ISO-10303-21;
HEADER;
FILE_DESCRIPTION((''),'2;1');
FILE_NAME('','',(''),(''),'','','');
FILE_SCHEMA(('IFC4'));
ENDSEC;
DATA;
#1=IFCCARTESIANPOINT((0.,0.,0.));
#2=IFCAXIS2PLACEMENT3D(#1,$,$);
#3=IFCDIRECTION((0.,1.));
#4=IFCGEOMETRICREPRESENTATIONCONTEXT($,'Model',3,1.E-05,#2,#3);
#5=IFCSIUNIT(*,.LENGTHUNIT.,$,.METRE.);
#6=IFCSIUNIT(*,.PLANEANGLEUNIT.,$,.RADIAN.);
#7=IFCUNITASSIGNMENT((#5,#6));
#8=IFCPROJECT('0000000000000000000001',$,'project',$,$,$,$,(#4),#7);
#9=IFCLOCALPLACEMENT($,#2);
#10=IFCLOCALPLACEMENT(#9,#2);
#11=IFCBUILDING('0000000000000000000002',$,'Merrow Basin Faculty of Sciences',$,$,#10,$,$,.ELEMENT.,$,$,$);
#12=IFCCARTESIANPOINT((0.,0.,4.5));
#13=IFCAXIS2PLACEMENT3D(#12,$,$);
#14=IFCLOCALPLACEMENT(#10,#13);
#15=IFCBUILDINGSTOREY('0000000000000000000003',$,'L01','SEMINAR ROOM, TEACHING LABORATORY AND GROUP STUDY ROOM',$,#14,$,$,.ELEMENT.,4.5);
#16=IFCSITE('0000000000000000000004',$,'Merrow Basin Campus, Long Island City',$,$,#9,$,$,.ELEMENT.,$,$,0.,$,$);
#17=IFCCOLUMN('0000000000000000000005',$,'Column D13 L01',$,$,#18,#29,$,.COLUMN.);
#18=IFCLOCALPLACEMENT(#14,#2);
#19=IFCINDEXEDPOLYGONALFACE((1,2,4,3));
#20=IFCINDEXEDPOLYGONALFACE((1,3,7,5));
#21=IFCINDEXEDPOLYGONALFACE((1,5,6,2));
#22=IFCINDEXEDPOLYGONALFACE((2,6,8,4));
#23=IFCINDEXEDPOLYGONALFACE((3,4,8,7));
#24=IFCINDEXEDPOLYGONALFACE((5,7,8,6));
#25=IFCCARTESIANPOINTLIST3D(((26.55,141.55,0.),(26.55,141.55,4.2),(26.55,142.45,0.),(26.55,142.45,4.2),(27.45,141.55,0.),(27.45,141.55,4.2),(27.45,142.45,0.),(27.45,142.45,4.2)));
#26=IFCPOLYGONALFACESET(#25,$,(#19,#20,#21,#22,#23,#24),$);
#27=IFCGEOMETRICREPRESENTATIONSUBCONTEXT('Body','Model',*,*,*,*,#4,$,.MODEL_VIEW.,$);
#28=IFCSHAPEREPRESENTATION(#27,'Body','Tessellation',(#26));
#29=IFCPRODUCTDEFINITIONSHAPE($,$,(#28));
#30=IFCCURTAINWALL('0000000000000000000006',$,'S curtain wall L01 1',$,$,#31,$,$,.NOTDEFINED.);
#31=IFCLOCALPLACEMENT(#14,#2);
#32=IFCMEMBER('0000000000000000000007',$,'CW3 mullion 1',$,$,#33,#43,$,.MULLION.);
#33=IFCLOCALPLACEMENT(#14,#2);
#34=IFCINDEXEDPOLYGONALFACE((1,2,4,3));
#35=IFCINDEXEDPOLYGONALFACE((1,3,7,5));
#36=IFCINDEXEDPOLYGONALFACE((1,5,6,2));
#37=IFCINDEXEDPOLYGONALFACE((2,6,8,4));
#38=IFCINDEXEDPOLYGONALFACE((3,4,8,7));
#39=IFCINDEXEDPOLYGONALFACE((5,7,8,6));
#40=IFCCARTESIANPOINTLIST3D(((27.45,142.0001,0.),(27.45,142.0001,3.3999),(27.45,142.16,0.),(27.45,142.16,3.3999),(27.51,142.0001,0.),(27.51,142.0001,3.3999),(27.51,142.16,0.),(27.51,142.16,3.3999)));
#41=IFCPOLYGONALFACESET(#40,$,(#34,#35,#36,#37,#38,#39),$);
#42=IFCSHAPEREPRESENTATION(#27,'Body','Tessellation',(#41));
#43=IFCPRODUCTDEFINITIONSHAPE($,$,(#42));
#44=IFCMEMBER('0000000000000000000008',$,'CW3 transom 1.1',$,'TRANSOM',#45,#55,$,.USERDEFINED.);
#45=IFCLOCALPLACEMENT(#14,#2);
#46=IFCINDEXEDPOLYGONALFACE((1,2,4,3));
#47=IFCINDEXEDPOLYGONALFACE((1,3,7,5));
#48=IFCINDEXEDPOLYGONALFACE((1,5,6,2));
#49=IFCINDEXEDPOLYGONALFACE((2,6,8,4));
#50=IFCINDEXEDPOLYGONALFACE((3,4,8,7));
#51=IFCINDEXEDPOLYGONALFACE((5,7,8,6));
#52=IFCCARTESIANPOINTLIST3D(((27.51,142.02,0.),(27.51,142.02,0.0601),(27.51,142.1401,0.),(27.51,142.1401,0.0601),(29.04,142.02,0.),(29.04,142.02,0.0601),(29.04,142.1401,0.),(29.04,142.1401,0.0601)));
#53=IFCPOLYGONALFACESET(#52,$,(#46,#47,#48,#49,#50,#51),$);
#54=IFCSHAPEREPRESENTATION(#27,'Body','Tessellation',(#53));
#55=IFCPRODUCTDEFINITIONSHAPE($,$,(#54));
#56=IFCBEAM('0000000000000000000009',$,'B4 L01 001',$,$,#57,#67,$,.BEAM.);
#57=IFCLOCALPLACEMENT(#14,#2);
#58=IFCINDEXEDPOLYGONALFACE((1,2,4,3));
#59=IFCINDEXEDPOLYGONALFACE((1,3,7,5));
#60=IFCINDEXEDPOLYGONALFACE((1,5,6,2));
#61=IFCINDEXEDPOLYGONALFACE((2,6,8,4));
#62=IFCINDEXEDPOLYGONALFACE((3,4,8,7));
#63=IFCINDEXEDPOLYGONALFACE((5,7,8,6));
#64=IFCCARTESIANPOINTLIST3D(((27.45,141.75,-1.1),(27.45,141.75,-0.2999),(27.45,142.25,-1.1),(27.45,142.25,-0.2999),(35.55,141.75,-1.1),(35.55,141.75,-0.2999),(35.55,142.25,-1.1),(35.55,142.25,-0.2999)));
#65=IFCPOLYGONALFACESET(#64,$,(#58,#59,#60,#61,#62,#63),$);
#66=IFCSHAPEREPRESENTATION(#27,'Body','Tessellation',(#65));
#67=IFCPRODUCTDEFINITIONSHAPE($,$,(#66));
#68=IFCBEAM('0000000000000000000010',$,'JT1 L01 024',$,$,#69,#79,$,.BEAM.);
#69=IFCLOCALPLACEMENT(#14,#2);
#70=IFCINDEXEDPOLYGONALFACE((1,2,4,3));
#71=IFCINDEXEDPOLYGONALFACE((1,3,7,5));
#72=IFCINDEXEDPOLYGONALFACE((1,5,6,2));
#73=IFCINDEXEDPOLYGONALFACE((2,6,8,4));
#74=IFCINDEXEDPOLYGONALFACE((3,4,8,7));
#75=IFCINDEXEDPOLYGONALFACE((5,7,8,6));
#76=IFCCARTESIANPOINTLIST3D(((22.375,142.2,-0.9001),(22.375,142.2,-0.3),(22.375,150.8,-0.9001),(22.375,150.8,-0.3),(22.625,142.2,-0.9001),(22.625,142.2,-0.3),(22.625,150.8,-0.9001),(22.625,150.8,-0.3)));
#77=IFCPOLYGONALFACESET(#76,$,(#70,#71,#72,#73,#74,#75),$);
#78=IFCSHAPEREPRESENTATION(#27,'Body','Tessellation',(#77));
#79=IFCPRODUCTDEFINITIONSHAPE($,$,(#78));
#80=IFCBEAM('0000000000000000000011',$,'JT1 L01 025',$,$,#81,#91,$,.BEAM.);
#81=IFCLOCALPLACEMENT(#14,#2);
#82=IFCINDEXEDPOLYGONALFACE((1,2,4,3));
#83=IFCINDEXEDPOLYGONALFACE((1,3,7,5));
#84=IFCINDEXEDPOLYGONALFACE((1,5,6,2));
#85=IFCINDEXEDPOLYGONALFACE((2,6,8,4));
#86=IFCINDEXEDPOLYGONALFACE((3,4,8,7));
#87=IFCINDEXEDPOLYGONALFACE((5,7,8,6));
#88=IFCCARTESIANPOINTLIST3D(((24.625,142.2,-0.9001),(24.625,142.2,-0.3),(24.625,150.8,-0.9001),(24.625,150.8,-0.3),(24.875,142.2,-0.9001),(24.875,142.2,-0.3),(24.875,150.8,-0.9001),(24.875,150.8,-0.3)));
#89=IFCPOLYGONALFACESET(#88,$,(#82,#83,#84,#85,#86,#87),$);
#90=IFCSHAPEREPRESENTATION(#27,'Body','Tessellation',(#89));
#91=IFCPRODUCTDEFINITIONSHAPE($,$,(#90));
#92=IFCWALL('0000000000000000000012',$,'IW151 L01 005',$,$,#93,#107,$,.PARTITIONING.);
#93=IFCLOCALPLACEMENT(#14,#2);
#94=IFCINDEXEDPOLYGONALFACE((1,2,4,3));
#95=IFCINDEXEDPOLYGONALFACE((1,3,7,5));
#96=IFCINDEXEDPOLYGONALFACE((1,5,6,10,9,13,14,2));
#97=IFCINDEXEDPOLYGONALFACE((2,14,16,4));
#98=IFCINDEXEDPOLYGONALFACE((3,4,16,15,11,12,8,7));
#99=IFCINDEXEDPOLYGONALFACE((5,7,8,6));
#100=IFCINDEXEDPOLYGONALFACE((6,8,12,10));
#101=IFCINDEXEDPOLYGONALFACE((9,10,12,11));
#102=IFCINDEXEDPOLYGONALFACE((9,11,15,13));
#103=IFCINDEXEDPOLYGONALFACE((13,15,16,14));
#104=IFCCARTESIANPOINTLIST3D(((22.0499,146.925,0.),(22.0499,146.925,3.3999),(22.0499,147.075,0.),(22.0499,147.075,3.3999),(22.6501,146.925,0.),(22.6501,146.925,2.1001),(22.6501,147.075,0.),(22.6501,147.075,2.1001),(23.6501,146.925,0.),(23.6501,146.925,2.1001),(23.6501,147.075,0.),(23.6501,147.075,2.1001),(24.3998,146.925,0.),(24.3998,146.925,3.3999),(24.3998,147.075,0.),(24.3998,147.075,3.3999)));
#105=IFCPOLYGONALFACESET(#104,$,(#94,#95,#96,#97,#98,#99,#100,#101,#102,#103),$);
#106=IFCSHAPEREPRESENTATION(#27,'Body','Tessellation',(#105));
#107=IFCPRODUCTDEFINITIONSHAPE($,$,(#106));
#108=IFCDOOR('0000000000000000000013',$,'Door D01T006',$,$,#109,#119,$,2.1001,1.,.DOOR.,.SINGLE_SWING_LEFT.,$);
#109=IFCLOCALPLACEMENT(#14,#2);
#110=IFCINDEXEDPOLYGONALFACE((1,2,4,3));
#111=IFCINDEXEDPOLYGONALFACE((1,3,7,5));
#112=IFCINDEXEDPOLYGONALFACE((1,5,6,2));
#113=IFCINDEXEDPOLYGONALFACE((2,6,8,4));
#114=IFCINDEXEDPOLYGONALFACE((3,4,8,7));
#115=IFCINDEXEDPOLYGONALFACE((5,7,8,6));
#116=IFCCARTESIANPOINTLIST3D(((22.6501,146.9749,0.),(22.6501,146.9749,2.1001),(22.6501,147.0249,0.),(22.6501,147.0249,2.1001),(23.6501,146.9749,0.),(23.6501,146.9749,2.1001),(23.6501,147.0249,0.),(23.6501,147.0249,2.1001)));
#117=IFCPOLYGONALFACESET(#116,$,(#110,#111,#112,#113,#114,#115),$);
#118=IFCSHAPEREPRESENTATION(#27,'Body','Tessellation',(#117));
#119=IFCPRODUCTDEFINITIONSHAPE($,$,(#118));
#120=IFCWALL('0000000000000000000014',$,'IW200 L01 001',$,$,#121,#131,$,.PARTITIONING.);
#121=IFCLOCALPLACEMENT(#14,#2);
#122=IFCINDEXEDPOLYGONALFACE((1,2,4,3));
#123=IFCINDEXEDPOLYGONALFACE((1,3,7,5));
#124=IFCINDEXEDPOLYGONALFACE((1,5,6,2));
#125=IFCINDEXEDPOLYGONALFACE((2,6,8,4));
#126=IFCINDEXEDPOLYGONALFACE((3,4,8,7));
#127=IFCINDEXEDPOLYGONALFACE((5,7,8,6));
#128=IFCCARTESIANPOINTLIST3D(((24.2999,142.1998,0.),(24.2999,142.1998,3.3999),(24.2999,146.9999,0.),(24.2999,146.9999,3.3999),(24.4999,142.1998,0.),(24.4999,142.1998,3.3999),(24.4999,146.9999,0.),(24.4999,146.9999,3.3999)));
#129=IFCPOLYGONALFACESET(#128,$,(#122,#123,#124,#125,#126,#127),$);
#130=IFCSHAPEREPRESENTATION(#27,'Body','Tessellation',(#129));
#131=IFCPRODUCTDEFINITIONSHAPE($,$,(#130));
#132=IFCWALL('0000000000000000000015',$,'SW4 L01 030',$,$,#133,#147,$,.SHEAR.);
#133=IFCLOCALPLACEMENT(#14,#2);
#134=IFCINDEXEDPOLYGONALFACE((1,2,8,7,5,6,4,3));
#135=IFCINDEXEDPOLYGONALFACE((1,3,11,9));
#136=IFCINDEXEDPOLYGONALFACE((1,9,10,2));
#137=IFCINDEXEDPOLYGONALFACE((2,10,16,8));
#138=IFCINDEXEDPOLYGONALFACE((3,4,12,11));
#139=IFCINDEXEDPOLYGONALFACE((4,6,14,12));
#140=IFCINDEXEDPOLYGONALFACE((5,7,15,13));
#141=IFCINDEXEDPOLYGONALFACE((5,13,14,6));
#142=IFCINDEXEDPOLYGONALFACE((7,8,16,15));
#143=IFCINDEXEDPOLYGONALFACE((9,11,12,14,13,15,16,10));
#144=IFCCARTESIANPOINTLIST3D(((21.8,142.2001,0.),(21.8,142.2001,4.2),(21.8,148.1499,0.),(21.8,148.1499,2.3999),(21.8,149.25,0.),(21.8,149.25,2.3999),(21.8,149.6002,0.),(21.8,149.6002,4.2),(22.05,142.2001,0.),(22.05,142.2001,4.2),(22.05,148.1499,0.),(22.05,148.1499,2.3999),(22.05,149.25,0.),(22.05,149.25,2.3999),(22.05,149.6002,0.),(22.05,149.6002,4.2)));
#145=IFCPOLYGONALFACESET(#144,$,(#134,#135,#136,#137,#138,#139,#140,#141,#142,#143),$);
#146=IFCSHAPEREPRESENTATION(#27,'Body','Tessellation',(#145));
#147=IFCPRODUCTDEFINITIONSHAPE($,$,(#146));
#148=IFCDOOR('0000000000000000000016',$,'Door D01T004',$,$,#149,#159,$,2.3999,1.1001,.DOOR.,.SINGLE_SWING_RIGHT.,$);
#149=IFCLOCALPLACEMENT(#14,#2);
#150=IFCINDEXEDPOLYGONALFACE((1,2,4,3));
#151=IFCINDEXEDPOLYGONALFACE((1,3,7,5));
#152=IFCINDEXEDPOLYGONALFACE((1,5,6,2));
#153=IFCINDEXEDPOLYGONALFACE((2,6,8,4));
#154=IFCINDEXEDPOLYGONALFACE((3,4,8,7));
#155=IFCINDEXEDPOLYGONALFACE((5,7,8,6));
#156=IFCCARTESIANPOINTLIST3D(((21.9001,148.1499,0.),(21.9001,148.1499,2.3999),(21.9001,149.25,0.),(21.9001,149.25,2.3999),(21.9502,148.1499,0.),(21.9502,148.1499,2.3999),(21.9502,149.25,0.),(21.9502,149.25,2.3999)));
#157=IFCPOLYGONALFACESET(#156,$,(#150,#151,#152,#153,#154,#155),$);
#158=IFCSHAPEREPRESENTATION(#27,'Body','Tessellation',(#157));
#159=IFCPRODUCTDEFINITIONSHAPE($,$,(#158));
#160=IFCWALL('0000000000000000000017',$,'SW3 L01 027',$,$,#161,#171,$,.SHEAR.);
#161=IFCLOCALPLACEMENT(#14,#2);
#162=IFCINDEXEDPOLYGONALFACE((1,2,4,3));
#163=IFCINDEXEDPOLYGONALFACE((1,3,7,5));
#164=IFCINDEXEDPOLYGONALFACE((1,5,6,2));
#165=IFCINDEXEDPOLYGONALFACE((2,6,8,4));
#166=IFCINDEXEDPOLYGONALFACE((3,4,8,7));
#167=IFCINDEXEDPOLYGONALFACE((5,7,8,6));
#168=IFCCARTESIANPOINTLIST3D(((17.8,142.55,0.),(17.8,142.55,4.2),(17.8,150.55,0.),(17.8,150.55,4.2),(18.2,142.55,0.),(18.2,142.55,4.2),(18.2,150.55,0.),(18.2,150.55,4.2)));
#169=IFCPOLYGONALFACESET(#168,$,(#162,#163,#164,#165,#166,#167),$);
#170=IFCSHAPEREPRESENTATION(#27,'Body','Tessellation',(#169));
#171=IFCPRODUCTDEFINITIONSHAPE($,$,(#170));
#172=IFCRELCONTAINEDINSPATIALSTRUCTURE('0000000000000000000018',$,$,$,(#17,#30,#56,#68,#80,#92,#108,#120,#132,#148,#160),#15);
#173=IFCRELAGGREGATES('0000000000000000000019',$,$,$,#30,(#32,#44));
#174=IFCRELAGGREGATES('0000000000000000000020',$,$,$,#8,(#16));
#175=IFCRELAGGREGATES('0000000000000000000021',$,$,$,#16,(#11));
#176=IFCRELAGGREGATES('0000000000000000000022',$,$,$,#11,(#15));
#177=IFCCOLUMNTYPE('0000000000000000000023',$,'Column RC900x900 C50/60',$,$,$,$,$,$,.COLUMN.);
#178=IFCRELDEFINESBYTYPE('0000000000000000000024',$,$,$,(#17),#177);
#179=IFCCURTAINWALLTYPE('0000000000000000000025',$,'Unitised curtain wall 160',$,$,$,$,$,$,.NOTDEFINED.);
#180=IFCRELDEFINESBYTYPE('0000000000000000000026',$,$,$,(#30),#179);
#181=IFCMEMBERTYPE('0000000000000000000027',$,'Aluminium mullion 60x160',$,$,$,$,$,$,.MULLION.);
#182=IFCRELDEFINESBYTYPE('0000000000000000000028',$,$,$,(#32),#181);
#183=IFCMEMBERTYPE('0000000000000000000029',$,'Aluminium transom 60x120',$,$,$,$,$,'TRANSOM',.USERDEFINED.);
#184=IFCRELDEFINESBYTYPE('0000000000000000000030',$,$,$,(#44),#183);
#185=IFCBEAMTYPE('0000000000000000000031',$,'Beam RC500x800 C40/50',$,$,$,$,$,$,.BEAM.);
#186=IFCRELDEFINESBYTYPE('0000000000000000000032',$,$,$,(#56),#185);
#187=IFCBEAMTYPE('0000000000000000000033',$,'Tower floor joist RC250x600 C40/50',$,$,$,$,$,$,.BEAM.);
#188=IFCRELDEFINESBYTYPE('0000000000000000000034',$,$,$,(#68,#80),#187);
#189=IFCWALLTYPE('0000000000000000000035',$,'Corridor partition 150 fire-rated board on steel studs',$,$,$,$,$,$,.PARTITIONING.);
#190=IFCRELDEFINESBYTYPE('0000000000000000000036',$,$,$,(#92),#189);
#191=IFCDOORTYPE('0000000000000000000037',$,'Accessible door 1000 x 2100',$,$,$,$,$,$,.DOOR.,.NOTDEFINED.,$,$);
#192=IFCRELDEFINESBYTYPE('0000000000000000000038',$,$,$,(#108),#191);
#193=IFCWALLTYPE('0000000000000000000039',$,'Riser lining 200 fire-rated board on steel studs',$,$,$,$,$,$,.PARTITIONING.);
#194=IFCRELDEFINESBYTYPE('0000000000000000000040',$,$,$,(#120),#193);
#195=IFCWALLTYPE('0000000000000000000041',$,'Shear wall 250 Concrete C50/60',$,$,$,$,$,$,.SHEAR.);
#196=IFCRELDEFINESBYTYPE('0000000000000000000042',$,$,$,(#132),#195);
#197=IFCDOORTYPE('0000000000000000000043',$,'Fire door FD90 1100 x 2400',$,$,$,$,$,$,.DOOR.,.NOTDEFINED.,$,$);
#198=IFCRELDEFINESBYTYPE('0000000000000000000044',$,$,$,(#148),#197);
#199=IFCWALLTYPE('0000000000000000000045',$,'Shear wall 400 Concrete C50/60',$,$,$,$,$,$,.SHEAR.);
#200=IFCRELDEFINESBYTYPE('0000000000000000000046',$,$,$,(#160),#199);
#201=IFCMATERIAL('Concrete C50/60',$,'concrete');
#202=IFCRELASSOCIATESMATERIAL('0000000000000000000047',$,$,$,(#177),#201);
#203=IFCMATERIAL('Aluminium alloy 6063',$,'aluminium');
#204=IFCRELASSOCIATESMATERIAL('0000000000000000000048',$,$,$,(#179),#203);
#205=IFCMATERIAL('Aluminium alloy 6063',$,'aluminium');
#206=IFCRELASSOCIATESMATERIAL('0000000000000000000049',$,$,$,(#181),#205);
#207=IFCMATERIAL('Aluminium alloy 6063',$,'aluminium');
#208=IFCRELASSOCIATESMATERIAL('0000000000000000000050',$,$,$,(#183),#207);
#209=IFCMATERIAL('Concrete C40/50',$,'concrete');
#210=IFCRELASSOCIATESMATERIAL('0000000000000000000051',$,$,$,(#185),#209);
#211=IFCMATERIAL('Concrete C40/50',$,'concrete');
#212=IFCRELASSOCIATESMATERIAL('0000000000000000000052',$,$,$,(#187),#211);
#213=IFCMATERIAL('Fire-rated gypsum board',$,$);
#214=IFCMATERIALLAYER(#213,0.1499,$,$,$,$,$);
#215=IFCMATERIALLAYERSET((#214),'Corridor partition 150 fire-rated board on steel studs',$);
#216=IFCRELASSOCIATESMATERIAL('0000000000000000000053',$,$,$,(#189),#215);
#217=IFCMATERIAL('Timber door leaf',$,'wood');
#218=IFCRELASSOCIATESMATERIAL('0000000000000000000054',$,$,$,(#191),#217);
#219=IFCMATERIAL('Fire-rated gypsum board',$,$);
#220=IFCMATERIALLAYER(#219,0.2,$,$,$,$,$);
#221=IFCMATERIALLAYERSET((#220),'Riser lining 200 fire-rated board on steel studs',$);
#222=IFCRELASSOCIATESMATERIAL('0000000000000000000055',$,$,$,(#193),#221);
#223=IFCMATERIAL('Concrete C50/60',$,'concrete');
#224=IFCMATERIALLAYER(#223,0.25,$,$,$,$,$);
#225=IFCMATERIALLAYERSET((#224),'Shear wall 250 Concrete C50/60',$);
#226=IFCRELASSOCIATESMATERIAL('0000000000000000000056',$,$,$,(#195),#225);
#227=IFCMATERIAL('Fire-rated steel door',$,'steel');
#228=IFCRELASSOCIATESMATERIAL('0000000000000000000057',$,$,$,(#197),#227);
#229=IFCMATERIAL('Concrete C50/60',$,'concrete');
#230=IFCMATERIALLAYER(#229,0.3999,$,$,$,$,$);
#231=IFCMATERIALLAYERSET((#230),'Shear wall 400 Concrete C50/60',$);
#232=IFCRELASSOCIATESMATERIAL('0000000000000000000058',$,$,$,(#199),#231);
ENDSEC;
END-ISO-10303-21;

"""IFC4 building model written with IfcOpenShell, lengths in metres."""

from ifc_helpers import new_model, si_unit, direction, frame, frame_2d, origin, origin_2d, place, context, subcontext, project, spatial, rectangle, extrude, material, layer, layer_set, material_profile, profile_set, type_object, element, fill, aggregate, save


model = new_model("IFC4")

# Units and contexts
model_context = context("Model", 3, precision=1e-05, world=origin(), true_north=direction((0.0, 1.0)))
body_context = subcontext(model_context, "Body", "Model", "MODEL_VIEW")
ifc_project = project(units=[si_unit("LENGTHUNIT", "METRE"), si_unit("PLANEANGLEUNIT", "RADIAN")], contexts=[model_context])

# Site, building, storey
site_placement = place(None, origin())
site = spatial("IfcSite", under=ifc_project, at=site_placement, Name="Merrow Basin Campus, Long Island City", CompositionType="ELEMENT", RefElevation=0.0)
building_placement = place(site_placement, origin())
building = spatial("IfcBuilding", under=site, at=building_placement, Name="Merrow Basin Faculty of Sciences", CompositionType="ELEMENT")
storey_placement = place(building_placement, frame((0.0, 0.0, 4.5)))
storey = spatial("IfcBuildingStorey", under=building, at=storey_placement, Name="L01", Description="SEMINAR ROOM, TEACHING LABORATORY AND GROUP STUDY ROOM", CompositionType="ELEMENT", Elevation=4.5)

# Column
ifc_material_1 = material(Name="Concrete C50/60", Category="concrete")
ifc_material_profile_1 = material_profile(ifc_material_1, rectangle(XDim=0.8999, YDim=0.8999, at=origin_2d()))
ifc_profile_set_1 = profile_set([ifc_material_profile_1], Name="Concrete C50/60")
column_type = type_object("IfcColumnType", Name="Column RC900x900 C50/60", PredefinedType="COLUMN", material=ifc_profile_set_1)
column_placement = place(storey_placement, frame((27.0, 142.0, 0.0), z_axis=(0.0, 0.0, 1.0), x_axis=(1.0, 0.0, 0.0)))
element("IfcColumn", 1, at=column_placement, inside=storey, type_object=column_type, Name="Column D13 L01", PredefinedType="COLUMN", context=body_context, shape_type="SweptSolid", body=[
    extrude(rectangle(XDim=0.8999, YDim=0.8999, at=origin_2d()), origin(), (0.0, 0.0, 1.0), 4.2),
])

# Curtain wall, members
ifc_material_2 = material(Name="Aluminium alloy 6063", Category="aluminium")
curtain_wall_type = type_object("IfcCurtainWallType", Name="Unitised curtain wall 160", PredefinedType="NOTDEFINED", material=ifc_material_2)
curtain_wall_placement = place(storey_placement, origin())
curtain_wall = element("IfcCurtainWall", 2, at=curtain_wall_placement, inside=storey, type_object=curtain_wall_type, Name="S curtain wall L01 1", PredefinedType="NOTDEFINED")
ifc_material_3 = material(Name="Aluminium alloy 6063", Category="aluminium")
ifc_material_profile_2 = material_profile(ifc_material_3, rectangle(XDim=0.1599, YDim=0.0601, at=origin_2d()))
ifc_profile_set_2 = profile_set([ifc_material_profile_2], Name="Aluminium alloy 6063")
member_type_1 = type_object("IfcMemberType", Name="Aluminium mullion 60x160", PredefinedType="MULLION", material=ifc_profile_set_2)
member_1_placement = place(storey_placement, frame((27.48, 142.0801, 0.0), z_axis=(0.0, 0.0, 1.0), x_axis=(0.0, 1.0, 0.0)))
member_1 = element("IfcMember", 3, at=member_1_placement, type_object=member_type_1, Name="CW3 mullion 1", PredefinedType="MULLION", context=body_context, shape_type="SweptSolid", body=[
    extrude(rectangle(XDim=0.1599, YDim=0.0601, at=origin_2d()), origin(), (0.0, 0.0, 1.0), 3.3999),
])
ifc_material_4 = material(Name="Aluminium alloy 6063", Category="aluminium")
ifc_material_profile_3 = material_profile(ifc_material_4, rectangle(XDim=0.1201, YDim=0.0601, at=origin_2d()))
ifc_profile_set_3 = profile_set([ifc_material_profile_3], Name="Aluminium alloy 6063")
member_type_2 = type_object("IfcMemberType", Name="Aluminium transom 60x120", ElementType="TRANSOM", PredefinedType="USERDEFINED", material=ifc_profile_set_3)
member_2_placement = place(storey_placement, frame((27.51, 142.0801, 0.03), z_axis=(1.0, 0.0, 0.0), x_axis=(0.0, 1.0, 0.0)))
member_2 = element("IfcMember", 4, at=member_2_placement, type_object=member_type_2, Name="CW3 transom 1.1", ObjectType="TRANSOM", PredefinedType="USERDEFINED", context=body_context, shape_type="SweptSolid", body=[
    extrude(rectangle(XDim=0.1201, YDim=0.0601, at=origin_2d()), origin(), (0.0, 0.0, 1.0), 1.53),
])
aggregate(curtain_wall, [member_1, member_2])

# Beams
ifc_material_5 = material(Name="Concrete C40/50", Category="concrete")
ifc_material_profile_4 = material_profile(ifc_material_5, rectangle(XDim=0.5, YDim=0.8, at=origin_2d()))
ifc_profile_set_4 = profile_set([ifc_material_profile_4], Name="Concrete C40/50")
beam_type_1 = type_object("IfcBeamType", Name="Beam RC500x800 C40/50", PredefinedType="BEAM", material=ifc_profile_set_4)
beam_placement = place(storey_placement, frame((27.45, 142.0, -0.7), z_axis=(1.0, 0.0, 0.0), x_axis=(0.0, 1.0, 0.0)))
element("IfcBeam", 5, at=beam_placement, inside=storey, type_object=beam_type_1, Name="B4 L01 001", PredefinedType="BEAM", context=body_context, shape_type="SweptSolid", body=[
    extrude(rectangle(XDim=0.5, YDim=0.8, at=origin_2d()), origin(), (0.0, 0.0, 1.0), 8.1001),
])
ifc_material_6 = material(Name="Concrete C40/50", Category="concrete")
ifc_material_profile_5 = material_profile(ifc_material_6, rectangle(XDim=0.25, YDim=0.6001, at=origin_2d()))
ifc_profile_set_5 = profile_set([ifc_material_profile_5], Name="Concrete C40/50")
beam_type_2 = type_object("IfcBeamType", Name="Tower floor joist RC250x600 C40/50", PredefinedType="BEAM", material=ifc_profile_set_5)
for number, where, z_axis, x_axis, name in (
    (6, (22.5, 142.2, -0.6001), (0.0, 1.0, 0.0), (-1.0, 0.0, 0.0), "JT1 L01 024"),
    (7, (24.75, 142.2, -0.6001), (0.0, 1.0, 0.0), (-1.0, 0.0, 0.0), "JT1 L01 025"),
):
    element("IfcBeam", number, at=place(storey_placement, frame(where, z_axis=z_axis, x_axis=x_axis)), inside=storey, type_object=beam_type_2, Name=name, PredefinedType="BEAM", context=body_context, shape_type="SweptSolid", body=[
        extrude(rectangle(XDim=0.25, YDim=0.6001, at=origin_2d()), origin(), (0.0, 0.0, 1.0), 8.6001),
    ])

# Wall, opening, door
ifc_material_7 = material(Name="Fire-rated gypsum board")
ifc_layer_1 = layer(ifc_material_7, 0.1499)
ifc_layer_set_1 = layer_set([ifc_layer_1], Name="Corridor partition 150 fire-rated board on steel studs")
wall_type_1 = type_object("IfcWallType", Name="Corridor partition 150 fire-rated board on steel studs", PredefinedType="PARTITIONING", material=ifc_layer_set_1)
wall_1_placement = place(storey_placement, frame((22.05, 147.0, 0.0), z_axis=(0.0, 0.0, 1.0), x_axis=(1.0, 0.0, 0.0)))
wall_1 = element("IfcWall", 8, at=wall_1_placement, inside=storey, type_object=wall_type_1, Name="IW151 L01 005", PredefinedType="PARTITIONING", context=body_context, shape_type="SweptSolid", body=[
    extrude(rectangle(XDim=2.3499, YDim=0.1499, at=frame_2d((1.1748, 0.0))), origin(), (0.0, 0.0, 1.0), 3.3999),
])
opening_1_placement = place(wall_1_placement, frame((0.6001, 0.0, 0.0)))
opening_1 = element("IfcOpeningElement", 9, at=opening_1_placement, cuts=wall_1, PredefinedType="OPENING", context=body_context, shape_type="SweptSolid", body=[
    extrude(rectangle(XDim=1.0, YDim=2.1001, at=frame_2d((0.5, 1.05))), frame((0.0, 0.085, 0.0), z_axis=(0.0, -1.0, 0.0), x_axis=(1.0, 0.0, 0.0)), (0.0, 0.0, 1.0), 0.1699),
])
ifc_material_8 = material(Name="Timber door leaf", Category="wood")
door_type_1 = type_object("IfcDoorType", Name="Accessible door 1000 x 2100", OperationType="NOTDEFINED", PredefinedType="DOOR", material=ifc_material_8)
door_1_placement = place(opening_1_placement, origin())
door_1 = element("IfcDoor", 10, at=door_1_placement, inside=storey, type_object=door_type_1, Name="Door D01T006", OperationType="SINGLE_SWING_LEFT", OverallHeight=2.1001, OverallWidth=1.0, PredefinedType="DOOR", context=body_context, shape_type="SweptSolid", body=[
    extrude(rectangle(XDim=1.0, YDim=2.1001, at=frame_2d((0.5, 1.05))), frame((0.0, 0.0249, 0.0), z_axis=(0.0, -1.0, 0.0), x_axis=(1.0, 0.0, 0.0)), (0.0, 0.0, 1.0), 0.05),
])
fill(opening_1, door_1)

# Wall
ifc_material_9 = material(Name="Fire-rated gypsum board")
ifc_layer_2 = layer(ifc_material_9, 0.2)
ifc_layer_set_2 = layer_set([ifc_layer_2], Name="Riser lining 200 fire-rated board on steel studs")
wall_type_2 = type_object("IfcWallType", Name="Riser lining 200 fire-rated board on steel studs", PredefinedType="PARTITIONING", material=ifc_layer_set_2)
wall_2_placement = place(storey_placement, frame((24.3999, 142.2, 0.0), z_axis=(0.0, 0.0, 1.0), x_axis=(0.0, 1.0, 0.0)))
element("IfcWall", 11, at=wall_2_placement, inside=storey, type_object=wall_type_2, Name="IW200 L01 001", PredefinedType="PARTITIONING", context=body_context, shape_type="SweptSolid", body=[
    extrude(rectangle(XDim=4.8, YDim=0.2, at=frame_2d((2.3999, 0.0))), origin(), (0.0, 0.0, 1.0), 3.3999),
])

# Wall, opening, door
ifc_material_10 = material(Name="Concrete C50/60", Category="concrete")
ifc_layer_3 = layer(ifc_material_10, 0.25)
ifc_layer_set_3 = layer_set([ifc_layer_3], Name="Shear wall 250 Concrete C50/60")
wall_type_3 = type_object("IfcWallType", Name="Shear wall 250 Concrete C50/60", PredefinedType="SHEAR", material=ifc_layer_set_3)
wall_3_placement = place(storey_placement, frame((21.925, 142.2, 0.0), z_axis=(0.0, 0.0, 1.0), x_axis=(0.0, 1.0, 0.0)))
wall_3 = element("IfcWall", 12, at=wall_3_placement, inside=storey, type_object=wall_type_3, Name="SW4 L01 030", PredefinedType="SHEAR", context=body_context, shape_type="SweptSolid", body=[
    extrude(rectangle(XDim=7.4001, YDim=0.25, at=frame_2d((3.7002, 0.0))), origin(), (0.0, 0.0, 1.0), 4.2),
])
opening_2_placement = place(wall_3_placement, frame((5.95, 0.0, 0.0)))
opening_2 = element("IfcOpeningElement", 13, at=opening_2_placement, cuts=wall_3, PredefinedType="OPENING", context=body_context, shape_type="SweptSolid", body=[
    extrude(rectangle(XDim=1.1001, YDim=2.3999, at=frame_2d((0.55, 1.2))), frame((0.0, 0.135, 0.0), z_axis=(0.0, -1.0, 0.0), x_axis=(1.0, 0.0, 0.0)), (0.0, 0.0, 1.0), 0.27),
])
ifc_material_11 = material(Name="Fire-rated steel door", Category="steel")
door_type_2 = type_object("IfcDoorType", Name="Fire door FD90 1100 x 2400", OperationType="NOTDEFINED", PredefinedType="DOOR", material=ifc_material_11)
door_2_placement = place(opening_2_placement, origin())
door_2 = element("IfcDoor", 14, at=door_2_placement, inside=storey, type_object=door_type_2, Name="Door D01T004", OperationType="SINGLE_SWING_RIGHT", OverallHeight=2.3999, OverallWidth=1.1001, PredefinedType="DOOR", context=body_context, shape_type="SweptSolid", body=[
    extrude(rectangle(XDim=1.1001, YDim=2.3999, at=frame_2d((0.55, 1.2))), frame((0.0, 0.0249, 0.0), z_axis=(0.0, -1.0, 0.0), x_axis=(1.0, 0.0, 0.0)), (0.0, 0.0, 1.0), 0.05),
])
fill(opening_2, door_2)

# Wall
ifc_material_12 = material(Name="Concrete C50/60", Category="concrete")
ifc_layer_4 = layer(ifc_material_12, 0.3999)
ifc_layer_set_4 = layer_set([ifc_layer_4], Name="Shear wall 400 Concrete C50/60")
wall_type_4 = type_object("IfcWallType", Name="Shear wall 400 Concrete C50/60", PredefinedType="SHEAR", material=ifc_layer_set_4)
wall_4_placement = place(storey_placement, frame((18.0, 142.55, 0.0), z_axis=(0.0, 0.0, 1.0), x_axis=(0.0, 1.0, 0.0)))
element("IfcWall", 15, at=wall_4_placement, inside=storey, type_object=wall_type_4, Name="SW3 L01 027", PredefinedType="SHEAR", context=body_context, shape_type="SweptSolid", body=[
    extrude(rectangle(XDim=8.0, YDim=0.3999, at=frame_2d((4.0, 0.0))), origin(), (0.0, 0.0, 1.0), 4.2),
])

save(model, "model.ifc")
